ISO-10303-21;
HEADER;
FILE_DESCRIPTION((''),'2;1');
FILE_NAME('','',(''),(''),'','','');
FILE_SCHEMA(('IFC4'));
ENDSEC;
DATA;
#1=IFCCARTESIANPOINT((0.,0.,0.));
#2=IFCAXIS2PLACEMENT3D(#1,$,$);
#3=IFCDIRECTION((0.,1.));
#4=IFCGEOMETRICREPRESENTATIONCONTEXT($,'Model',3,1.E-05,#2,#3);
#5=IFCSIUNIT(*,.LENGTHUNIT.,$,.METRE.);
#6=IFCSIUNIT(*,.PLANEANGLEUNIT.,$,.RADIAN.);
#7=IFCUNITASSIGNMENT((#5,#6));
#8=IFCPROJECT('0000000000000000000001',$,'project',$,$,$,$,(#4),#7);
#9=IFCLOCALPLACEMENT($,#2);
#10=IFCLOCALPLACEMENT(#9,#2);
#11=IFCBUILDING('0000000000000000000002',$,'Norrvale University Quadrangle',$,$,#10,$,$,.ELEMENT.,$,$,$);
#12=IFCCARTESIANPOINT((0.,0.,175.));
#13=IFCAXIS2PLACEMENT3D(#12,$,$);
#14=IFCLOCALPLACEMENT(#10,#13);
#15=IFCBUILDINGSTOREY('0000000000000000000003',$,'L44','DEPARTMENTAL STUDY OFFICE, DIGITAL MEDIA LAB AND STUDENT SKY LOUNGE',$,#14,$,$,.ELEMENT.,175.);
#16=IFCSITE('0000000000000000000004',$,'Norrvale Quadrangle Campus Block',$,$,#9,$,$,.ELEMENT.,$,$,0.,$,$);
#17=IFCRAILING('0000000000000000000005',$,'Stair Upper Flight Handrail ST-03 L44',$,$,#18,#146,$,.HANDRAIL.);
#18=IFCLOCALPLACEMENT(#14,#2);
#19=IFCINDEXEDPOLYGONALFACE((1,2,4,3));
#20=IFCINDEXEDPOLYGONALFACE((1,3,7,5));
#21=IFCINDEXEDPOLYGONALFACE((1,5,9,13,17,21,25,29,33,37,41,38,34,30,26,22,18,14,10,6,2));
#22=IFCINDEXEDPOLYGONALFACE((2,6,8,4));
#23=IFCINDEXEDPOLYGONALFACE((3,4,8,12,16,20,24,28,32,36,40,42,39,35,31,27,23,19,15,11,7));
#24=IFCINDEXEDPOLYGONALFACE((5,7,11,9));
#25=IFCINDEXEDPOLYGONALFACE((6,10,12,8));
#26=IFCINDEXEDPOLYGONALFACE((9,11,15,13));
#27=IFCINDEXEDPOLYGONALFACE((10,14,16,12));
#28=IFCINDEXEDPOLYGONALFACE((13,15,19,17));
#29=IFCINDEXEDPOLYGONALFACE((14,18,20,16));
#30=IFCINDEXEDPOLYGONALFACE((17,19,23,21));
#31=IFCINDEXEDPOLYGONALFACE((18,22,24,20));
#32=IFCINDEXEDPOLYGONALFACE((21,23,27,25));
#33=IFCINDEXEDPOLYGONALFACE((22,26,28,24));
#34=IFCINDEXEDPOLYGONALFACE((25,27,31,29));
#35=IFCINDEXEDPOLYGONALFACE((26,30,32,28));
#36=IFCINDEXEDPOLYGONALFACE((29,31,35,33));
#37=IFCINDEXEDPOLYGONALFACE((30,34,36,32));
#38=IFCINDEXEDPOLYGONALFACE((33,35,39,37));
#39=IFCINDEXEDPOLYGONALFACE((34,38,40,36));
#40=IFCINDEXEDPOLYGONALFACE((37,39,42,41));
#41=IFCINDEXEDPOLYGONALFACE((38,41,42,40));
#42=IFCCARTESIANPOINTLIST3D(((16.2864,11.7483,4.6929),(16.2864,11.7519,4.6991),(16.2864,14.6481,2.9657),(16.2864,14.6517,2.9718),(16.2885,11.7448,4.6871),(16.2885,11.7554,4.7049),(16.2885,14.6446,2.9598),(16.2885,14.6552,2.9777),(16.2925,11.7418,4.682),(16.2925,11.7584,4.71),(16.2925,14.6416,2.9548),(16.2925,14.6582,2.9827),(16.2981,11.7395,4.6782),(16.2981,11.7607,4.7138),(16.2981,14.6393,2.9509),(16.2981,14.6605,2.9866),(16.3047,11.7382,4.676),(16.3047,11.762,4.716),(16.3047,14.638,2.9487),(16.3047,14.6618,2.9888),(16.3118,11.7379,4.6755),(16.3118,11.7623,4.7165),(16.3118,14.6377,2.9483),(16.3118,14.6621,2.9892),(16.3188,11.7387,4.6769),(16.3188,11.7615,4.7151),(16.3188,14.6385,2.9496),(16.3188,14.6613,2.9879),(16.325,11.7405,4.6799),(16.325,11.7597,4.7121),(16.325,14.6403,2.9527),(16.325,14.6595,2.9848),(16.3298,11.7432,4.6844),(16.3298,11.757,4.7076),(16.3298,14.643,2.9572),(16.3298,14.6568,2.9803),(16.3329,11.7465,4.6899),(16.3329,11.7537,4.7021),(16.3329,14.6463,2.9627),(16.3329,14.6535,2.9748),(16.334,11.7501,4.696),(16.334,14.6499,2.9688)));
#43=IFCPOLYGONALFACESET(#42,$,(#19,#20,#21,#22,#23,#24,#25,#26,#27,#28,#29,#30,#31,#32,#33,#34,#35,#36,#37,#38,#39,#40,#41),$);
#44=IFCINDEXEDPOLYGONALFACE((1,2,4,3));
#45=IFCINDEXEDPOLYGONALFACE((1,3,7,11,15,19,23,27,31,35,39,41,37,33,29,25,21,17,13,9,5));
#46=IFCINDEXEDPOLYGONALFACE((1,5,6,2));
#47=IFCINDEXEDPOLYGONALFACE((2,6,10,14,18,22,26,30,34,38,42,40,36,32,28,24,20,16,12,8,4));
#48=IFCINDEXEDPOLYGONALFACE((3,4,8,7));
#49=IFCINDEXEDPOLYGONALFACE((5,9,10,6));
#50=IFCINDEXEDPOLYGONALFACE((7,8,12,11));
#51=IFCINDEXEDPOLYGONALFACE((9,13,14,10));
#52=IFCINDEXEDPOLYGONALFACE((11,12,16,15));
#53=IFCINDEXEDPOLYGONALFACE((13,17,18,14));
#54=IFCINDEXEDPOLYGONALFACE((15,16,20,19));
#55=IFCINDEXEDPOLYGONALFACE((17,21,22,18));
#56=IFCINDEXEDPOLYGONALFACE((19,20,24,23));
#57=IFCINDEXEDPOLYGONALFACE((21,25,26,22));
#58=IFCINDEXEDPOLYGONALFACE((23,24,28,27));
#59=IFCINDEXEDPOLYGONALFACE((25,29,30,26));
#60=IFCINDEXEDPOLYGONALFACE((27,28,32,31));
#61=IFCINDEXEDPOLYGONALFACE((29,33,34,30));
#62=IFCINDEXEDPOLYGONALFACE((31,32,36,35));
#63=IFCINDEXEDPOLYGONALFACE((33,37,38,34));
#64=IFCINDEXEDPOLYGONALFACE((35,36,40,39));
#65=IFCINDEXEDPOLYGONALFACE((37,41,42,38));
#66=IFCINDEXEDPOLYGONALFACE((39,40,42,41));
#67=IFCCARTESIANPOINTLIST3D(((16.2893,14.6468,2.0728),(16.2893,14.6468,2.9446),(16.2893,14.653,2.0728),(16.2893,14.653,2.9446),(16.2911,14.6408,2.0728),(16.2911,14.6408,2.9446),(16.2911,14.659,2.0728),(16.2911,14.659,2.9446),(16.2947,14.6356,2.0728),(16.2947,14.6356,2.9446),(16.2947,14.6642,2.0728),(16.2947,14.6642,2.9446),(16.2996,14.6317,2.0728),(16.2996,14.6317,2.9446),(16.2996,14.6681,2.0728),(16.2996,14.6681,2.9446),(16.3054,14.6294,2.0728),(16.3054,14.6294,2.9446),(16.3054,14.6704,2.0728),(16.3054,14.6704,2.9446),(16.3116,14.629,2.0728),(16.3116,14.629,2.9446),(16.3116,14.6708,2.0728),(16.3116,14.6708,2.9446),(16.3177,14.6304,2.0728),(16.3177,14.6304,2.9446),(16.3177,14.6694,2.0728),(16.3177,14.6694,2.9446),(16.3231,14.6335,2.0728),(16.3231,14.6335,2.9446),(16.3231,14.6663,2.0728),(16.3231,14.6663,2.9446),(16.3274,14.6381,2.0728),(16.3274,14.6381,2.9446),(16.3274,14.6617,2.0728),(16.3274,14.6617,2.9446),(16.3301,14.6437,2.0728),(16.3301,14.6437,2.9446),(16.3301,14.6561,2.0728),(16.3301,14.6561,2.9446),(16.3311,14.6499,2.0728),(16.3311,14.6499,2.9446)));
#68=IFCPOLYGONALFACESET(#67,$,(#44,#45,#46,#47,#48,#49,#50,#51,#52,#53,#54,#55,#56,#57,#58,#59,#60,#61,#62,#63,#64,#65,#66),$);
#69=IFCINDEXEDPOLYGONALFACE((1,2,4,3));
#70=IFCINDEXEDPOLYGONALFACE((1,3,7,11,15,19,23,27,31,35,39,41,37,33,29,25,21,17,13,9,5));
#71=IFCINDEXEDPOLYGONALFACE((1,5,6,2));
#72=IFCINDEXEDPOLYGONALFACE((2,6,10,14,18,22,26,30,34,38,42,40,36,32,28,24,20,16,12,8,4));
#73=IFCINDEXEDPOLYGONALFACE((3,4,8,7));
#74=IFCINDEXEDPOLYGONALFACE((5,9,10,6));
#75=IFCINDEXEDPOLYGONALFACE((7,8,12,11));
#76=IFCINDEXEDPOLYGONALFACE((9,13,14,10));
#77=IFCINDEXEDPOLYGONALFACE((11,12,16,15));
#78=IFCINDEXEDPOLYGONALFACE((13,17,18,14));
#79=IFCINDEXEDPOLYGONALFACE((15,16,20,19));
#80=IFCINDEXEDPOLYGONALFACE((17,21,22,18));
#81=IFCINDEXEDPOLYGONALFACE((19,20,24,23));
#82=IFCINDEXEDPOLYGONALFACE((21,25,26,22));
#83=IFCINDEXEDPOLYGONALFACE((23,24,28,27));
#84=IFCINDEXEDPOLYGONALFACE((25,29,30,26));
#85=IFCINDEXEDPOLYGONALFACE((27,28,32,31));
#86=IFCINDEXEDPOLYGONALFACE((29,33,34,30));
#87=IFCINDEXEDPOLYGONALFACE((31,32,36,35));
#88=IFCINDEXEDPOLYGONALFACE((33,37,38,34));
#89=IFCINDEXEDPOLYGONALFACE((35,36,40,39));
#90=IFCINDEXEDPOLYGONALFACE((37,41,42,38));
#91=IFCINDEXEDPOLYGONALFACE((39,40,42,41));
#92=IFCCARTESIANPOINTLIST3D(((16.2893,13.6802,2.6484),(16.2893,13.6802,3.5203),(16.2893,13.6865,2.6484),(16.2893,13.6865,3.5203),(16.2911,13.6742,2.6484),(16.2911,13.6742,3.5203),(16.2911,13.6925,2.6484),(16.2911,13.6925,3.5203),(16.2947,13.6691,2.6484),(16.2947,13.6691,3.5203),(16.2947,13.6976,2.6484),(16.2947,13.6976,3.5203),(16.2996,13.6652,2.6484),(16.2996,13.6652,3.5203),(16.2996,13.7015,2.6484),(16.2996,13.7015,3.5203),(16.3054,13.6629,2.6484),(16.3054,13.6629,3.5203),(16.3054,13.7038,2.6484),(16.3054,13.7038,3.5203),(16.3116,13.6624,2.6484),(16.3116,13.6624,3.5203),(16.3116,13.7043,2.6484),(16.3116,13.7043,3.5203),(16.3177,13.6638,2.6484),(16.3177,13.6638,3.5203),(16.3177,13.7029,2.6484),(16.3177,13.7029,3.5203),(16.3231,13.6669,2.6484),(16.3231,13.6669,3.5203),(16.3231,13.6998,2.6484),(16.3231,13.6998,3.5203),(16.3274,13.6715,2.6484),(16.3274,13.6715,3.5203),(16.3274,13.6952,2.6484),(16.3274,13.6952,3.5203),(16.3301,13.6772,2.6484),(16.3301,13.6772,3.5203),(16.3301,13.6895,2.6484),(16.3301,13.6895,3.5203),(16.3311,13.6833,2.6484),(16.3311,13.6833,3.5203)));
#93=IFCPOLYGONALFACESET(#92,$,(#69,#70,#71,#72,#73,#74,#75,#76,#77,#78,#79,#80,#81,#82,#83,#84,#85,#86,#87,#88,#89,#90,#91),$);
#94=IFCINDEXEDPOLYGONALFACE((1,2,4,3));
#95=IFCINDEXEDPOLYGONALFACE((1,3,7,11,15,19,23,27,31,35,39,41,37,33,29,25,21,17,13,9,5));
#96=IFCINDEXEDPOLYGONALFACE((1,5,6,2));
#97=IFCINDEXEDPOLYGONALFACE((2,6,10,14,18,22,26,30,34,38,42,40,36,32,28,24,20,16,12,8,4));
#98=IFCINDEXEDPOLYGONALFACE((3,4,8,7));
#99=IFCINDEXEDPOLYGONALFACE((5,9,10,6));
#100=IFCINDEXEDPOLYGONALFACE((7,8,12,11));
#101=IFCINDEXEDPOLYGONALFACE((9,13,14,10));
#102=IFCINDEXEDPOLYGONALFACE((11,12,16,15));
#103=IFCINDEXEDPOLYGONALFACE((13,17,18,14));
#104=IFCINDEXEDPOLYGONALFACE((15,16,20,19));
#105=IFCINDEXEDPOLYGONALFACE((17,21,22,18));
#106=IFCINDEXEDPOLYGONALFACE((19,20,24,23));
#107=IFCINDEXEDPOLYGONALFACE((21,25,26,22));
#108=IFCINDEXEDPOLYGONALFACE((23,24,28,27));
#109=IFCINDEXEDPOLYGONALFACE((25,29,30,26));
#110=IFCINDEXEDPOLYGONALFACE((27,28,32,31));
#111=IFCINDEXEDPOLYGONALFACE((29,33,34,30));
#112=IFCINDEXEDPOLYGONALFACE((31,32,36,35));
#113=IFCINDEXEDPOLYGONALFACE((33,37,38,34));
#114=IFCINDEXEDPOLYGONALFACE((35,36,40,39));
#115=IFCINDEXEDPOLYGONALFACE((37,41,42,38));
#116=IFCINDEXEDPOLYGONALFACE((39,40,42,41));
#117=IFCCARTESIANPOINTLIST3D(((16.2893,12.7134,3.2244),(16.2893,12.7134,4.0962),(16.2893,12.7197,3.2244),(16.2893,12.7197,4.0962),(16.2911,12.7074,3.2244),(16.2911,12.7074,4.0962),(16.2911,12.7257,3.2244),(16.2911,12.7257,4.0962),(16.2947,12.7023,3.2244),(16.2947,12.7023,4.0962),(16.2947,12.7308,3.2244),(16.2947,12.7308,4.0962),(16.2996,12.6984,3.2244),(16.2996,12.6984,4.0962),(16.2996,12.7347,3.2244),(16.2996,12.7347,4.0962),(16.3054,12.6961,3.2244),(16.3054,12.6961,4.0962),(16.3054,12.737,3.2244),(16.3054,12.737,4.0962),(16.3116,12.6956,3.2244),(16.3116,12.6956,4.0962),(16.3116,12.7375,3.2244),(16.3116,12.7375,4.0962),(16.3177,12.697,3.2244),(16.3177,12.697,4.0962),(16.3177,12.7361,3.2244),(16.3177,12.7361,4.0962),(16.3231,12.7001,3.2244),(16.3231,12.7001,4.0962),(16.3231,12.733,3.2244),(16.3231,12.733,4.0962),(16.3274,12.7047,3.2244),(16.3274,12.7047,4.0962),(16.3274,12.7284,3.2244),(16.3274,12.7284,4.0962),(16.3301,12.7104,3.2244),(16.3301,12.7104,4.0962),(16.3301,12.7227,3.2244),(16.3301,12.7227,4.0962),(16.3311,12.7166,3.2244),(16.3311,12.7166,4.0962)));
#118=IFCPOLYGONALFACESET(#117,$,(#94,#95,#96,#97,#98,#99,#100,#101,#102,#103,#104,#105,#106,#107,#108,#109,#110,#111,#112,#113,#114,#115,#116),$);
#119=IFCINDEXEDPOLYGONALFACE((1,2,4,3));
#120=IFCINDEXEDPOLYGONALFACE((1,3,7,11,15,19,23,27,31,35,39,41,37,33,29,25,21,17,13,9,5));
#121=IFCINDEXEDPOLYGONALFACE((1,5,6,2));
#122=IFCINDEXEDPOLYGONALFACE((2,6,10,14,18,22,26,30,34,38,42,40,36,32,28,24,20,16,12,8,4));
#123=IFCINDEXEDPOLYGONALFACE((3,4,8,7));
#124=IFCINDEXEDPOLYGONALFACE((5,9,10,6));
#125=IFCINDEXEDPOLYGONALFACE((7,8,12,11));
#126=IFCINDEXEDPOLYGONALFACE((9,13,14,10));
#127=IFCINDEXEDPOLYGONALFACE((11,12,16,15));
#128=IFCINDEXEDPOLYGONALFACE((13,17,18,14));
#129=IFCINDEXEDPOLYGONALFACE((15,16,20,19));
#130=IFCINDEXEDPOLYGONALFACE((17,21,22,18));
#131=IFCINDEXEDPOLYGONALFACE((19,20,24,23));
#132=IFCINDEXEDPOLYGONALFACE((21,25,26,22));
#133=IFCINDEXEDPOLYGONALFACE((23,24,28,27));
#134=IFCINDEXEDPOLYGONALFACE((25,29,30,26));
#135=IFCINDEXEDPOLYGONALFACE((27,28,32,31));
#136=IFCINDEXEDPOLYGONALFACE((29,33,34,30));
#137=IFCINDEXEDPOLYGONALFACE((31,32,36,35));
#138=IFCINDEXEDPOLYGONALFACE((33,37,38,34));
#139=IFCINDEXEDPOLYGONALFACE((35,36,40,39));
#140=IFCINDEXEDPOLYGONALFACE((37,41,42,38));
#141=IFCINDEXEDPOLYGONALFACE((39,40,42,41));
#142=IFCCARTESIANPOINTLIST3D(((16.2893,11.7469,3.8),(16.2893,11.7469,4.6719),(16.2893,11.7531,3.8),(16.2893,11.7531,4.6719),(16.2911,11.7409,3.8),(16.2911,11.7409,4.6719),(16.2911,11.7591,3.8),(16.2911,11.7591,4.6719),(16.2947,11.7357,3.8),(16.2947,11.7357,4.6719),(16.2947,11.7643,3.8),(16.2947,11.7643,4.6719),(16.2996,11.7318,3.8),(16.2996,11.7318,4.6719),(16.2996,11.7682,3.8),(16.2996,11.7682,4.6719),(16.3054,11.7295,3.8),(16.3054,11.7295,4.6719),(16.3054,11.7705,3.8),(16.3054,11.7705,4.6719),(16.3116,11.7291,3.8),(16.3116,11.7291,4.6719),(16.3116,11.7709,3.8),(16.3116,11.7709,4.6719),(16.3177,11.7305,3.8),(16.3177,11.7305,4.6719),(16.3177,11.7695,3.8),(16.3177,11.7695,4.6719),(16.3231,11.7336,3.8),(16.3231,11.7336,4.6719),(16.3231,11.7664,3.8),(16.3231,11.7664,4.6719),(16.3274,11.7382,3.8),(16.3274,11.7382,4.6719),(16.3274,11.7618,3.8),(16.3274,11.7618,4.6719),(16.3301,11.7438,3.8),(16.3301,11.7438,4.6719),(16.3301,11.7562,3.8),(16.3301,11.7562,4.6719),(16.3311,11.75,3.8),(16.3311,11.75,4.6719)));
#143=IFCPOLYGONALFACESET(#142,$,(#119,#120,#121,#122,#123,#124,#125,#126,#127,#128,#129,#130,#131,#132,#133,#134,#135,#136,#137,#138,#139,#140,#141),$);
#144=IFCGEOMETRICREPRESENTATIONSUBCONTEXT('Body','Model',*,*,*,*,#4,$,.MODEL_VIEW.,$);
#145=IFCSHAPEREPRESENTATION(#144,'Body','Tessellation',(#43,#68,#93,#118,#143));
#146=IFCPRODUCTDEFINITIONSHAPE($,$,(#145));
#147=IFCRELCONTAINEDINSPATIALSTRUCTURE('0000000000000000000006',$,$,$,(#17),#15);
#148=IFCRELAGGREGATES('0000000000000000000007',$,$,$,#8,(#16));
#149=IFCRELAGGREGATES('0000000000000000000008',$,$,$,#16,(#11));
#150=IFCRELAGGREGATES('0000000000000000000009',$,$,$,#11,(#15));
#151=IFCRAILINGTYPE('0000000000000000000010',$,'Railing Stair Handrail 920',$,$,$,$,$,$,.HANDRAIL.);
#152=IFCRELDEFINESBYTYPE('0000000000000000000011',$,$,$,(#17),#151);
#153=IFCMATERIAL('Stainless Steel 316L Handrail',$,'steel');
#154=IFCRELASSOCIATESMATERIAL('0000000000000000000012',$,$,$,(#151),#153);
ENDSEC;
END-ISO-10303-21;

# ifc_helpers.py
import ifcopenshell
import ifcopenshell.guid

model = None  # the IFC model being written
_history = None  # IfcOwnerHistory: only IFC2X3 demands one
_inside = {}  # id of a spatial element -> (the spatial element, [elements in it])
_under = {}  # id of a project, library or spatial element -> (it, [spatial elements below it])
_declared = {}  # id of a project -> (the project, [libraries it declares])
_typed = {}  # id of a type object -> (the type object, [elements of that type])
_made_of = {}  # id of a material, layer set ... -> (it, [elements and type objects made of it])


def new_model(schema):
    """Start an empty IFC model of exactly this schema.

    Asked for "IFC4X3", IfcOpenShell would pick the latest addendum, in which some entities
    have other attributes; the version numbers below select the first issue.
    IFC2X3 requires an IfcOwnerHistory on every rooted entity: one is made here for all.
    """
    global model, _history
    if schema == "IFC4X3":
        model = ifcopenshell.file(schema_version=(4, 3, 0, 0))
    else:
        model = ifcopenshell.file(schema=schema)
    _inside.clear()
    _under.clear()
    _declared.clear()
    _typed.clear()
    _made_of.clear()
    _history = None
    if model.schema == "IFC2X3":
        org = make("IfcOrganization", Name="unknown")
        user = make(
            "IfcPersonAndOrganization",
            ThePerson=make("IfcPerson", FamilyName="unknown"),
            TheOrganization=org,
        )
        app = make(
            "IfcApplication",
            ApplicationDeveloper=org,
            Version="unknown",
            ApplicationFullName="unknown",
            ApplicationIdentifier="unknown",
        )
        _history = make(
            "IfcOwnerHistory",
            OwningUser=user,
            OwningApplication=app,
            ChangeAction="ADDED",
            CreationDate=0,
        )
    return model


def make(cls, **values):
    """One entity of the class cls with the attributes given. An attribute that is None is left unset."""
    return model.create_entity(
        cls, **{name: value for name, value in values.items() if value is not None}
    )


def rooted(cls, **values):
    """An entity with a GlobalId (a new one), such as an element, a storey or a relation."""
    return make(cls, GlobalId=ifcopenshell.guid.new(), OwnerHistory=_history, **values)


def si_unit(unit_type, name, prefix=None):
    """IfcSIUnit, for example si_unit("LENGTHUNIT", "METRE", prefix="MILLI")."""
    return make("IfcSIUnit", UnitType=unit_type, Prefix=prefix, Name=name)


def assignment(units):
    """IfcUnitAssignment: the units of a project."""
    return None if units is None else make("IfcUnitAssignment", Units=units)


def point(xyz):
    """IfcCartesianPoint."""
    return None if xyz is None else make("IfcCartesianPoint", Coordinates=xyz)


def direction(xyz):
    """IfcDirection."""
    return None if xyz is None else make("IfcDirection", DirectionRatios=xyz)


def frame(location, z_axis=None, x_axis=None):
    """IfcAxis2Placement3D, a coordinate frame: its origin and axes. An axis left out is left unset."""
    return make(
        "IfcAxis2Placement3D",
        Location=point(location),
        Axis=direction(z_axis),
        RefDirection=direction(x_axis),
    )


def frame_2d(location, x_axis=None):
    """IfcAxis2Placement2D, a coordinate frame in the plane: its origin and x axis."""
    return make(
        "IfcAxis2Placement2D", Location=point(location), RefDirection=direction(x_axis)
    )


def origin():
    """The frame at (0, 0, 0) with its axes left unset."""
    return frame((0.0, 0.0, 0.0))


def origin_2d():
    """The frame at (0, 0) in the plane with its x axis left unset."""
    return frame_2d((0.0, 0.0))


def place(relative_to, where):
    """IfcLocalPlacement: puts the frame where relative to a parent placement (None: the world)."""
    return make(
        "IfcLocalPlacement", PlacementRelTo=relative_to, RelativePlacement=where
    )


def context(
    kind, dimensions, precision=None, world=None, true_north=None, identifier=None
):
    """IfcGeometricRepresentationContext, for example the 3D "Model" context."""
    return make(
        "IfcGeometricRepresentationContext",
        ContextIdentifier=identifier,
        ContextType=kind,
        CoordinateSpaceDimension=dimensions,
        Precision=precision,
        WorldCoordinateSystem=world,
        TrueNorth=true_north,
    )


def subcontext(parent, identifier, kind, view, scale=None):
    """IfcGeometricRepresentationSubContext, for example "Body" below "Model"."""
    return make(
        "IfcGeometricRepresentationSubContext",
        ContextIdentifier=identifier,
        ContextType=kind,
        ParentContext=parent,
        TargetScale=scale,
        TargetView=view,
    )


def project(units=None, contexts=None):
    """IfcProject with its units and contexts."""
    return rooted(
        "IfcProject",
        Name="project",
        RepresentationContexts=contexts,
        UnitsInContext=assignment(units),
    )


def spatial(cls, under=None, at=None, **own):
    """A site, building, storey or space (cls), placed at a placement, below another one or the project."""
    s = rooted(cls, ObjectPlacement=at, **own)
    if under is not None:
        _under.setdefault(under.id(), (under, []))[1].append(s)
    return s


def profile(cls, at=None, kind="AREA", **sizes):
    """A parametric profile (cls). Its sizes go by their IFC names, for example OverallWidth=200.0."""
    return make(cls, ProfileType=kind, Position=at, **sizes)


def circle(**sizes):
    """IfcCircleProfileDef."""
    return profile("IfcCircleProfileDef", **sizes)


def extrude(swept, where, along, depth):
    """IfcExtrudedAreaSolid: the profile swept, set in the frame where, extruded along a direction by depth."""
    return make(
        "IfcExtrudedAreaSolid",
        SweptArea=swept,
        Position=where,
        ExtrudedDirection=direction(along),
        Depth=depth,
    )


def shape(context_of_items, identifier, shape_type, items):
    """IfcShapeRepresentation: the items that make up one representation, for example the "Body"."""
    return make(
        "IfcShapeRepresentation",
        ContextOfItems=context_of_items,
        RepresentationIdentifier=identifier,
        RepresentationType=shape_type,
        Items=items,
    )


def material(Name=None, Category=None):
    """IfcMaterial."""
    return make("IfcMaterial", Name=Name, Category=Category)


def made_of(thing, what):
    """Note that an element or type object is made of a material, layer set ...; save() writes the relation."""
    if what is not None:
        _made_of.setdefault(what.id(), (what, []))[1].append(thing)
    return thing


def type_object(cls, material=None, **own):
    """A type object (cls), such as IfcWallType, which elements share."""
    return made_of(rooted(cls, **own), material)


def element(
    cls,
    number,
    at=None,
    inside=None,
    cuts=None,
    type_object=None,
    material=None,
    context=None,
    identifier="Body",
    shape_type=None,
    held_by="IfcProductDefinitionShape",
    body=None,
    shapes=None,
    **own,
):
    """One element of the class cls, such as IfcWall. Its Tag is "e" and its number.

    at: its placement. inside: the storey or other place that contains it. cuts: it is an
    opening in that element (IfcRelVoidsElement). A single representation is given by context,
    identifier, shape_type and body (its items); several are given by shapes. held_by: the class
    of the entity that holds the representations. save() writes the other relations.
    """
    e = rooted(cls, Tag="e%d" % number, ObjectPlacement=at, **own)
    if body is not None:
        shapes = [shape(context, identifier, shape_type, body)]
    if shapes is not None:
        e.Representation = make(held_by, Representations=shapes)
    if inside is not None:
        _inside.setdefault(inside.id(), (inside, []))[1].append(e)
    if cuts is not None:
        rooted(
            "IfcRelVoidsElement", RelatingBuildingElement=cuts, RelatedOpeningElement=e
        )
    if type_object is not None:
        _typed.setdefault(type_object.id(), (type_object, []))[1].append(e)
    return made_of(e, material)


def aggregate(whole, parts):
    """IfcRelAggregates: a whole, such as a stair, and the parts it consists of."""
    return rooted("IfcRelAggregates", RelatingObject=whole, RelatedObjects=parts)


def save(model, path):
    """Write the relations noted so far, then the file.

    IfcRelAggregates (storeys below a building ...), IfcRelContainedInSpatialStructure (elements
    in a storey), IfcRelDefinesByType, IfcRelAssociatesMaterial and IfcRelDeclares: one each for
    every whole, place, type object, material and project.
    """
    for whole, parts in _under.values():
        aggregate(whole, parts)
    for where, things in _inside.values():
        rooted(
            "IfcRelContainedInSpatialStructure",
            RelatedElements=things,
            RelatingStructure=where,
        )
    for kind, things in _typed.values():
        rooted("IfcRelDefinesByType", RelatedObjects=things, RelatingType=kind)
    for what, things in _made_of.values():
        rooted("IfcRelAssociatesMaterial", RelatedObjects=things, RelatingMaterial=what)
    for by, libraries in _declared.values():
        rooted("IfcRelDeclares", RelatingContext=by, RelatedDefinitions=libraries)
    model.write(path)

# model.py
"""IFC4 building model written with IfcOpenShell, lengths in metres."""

from ifc_helpers import new_model, si_unit, direction, frame, origin, origin_2d, place, context, subcontext, project, spatial, circle, extrude, material, type_object, element, save


model = new_model("IFC4")

# Units and contexts
model_context = context("Model", 3, precision=1e-05, world=origin(), true_north=direction((0.0, 1.0)))
body_context = subcontext(model_context, "Body", "Model", "MODEL_VIEW")
ifc_project = project(units=[si_unit("LENGTHUNIT", "METRE"), si_unit("PLANEANGLEUNIT", "RADIAN")], contexts=[model_context])

# Site, building, storey
site_placement = place(None, origin())
site = spatial("IfcSite", under=ifc_project, at=site_placement, Name="Norrvale Quadrangle Campus Block", CompositionType="ELEMENT", RefElevation=0.0)
building_placement = place(site_placement, origin())
building = spatial("IfcBuilding", under=site, at=building_placement, Name="Norrvale University Quadrangle", CompositionType="ELEMENT")
storey_placement = place(building_placement, frame((0.0, 0.0, 175.0)))
storey = spatial("IfcBuildingStorey", under=building, at=storey_placement, Name="L44", Description="DEPARTMENTAL STUDY OFFICE, DIGITAL MEDIA LAB AND STUDENT SKY LOUNGE", CompositionType="ELEMENT", Elevation=175.0)

# Railing
ifc_material_1 = material(Name="Stainless Steel 316L Handrail", Category="steel")
railing_type_1 = type_object("IfcRailingType", Name="Railing Stair Handrail 920", PredefinedType="HANDRAIL", material=ifc_material_1)
railing_1_placement = place(storey_placement, frame((16.3101, 14.6499, 2.0728)))
element("IfcRailing", 1, at=railing_1_placement, inside=storey, type_object=railing_type_1, Name="Stair Upper Flight Handrail ST-03 L44", PredefinedType="HANDRAIL", context=body_context, shape_type="SweptSolid", body=[
    extrude(circle(Radius=0.0239, at=origin_2d()), frame((0.0, 0.0, 0.896), z_axis=(0.0, -0.859141, 0.511738), x_axis=(1.0, 0.0, 0.0)), (0.0, 0.0, 1.0), 3.3752),
    extrude(circle(Radius=0.021, at=origin_2d()), origin(), (0.0, 0.0, 1.0), 0.8718),
    extrude(circle(Radius=0.021, at=origin_2d()), frame((0.0, -0.9666, 0.5757)), (0.0, 0.0, 1.0), 0.8718),
    extrude(circle(Radius=0.021, at=origin_2d()), frame((0.0, -1.9333, 1.1516)), (0.0, 0.0, 1.0), 0.8718),
    extrude(circle(Radius=0.021, at=origin_2d()), frame((0.0, -2.8999, 1.7273)), (0.0, 0.0, 1.0), 0.8718),
])

save(model, "model.ifc")
